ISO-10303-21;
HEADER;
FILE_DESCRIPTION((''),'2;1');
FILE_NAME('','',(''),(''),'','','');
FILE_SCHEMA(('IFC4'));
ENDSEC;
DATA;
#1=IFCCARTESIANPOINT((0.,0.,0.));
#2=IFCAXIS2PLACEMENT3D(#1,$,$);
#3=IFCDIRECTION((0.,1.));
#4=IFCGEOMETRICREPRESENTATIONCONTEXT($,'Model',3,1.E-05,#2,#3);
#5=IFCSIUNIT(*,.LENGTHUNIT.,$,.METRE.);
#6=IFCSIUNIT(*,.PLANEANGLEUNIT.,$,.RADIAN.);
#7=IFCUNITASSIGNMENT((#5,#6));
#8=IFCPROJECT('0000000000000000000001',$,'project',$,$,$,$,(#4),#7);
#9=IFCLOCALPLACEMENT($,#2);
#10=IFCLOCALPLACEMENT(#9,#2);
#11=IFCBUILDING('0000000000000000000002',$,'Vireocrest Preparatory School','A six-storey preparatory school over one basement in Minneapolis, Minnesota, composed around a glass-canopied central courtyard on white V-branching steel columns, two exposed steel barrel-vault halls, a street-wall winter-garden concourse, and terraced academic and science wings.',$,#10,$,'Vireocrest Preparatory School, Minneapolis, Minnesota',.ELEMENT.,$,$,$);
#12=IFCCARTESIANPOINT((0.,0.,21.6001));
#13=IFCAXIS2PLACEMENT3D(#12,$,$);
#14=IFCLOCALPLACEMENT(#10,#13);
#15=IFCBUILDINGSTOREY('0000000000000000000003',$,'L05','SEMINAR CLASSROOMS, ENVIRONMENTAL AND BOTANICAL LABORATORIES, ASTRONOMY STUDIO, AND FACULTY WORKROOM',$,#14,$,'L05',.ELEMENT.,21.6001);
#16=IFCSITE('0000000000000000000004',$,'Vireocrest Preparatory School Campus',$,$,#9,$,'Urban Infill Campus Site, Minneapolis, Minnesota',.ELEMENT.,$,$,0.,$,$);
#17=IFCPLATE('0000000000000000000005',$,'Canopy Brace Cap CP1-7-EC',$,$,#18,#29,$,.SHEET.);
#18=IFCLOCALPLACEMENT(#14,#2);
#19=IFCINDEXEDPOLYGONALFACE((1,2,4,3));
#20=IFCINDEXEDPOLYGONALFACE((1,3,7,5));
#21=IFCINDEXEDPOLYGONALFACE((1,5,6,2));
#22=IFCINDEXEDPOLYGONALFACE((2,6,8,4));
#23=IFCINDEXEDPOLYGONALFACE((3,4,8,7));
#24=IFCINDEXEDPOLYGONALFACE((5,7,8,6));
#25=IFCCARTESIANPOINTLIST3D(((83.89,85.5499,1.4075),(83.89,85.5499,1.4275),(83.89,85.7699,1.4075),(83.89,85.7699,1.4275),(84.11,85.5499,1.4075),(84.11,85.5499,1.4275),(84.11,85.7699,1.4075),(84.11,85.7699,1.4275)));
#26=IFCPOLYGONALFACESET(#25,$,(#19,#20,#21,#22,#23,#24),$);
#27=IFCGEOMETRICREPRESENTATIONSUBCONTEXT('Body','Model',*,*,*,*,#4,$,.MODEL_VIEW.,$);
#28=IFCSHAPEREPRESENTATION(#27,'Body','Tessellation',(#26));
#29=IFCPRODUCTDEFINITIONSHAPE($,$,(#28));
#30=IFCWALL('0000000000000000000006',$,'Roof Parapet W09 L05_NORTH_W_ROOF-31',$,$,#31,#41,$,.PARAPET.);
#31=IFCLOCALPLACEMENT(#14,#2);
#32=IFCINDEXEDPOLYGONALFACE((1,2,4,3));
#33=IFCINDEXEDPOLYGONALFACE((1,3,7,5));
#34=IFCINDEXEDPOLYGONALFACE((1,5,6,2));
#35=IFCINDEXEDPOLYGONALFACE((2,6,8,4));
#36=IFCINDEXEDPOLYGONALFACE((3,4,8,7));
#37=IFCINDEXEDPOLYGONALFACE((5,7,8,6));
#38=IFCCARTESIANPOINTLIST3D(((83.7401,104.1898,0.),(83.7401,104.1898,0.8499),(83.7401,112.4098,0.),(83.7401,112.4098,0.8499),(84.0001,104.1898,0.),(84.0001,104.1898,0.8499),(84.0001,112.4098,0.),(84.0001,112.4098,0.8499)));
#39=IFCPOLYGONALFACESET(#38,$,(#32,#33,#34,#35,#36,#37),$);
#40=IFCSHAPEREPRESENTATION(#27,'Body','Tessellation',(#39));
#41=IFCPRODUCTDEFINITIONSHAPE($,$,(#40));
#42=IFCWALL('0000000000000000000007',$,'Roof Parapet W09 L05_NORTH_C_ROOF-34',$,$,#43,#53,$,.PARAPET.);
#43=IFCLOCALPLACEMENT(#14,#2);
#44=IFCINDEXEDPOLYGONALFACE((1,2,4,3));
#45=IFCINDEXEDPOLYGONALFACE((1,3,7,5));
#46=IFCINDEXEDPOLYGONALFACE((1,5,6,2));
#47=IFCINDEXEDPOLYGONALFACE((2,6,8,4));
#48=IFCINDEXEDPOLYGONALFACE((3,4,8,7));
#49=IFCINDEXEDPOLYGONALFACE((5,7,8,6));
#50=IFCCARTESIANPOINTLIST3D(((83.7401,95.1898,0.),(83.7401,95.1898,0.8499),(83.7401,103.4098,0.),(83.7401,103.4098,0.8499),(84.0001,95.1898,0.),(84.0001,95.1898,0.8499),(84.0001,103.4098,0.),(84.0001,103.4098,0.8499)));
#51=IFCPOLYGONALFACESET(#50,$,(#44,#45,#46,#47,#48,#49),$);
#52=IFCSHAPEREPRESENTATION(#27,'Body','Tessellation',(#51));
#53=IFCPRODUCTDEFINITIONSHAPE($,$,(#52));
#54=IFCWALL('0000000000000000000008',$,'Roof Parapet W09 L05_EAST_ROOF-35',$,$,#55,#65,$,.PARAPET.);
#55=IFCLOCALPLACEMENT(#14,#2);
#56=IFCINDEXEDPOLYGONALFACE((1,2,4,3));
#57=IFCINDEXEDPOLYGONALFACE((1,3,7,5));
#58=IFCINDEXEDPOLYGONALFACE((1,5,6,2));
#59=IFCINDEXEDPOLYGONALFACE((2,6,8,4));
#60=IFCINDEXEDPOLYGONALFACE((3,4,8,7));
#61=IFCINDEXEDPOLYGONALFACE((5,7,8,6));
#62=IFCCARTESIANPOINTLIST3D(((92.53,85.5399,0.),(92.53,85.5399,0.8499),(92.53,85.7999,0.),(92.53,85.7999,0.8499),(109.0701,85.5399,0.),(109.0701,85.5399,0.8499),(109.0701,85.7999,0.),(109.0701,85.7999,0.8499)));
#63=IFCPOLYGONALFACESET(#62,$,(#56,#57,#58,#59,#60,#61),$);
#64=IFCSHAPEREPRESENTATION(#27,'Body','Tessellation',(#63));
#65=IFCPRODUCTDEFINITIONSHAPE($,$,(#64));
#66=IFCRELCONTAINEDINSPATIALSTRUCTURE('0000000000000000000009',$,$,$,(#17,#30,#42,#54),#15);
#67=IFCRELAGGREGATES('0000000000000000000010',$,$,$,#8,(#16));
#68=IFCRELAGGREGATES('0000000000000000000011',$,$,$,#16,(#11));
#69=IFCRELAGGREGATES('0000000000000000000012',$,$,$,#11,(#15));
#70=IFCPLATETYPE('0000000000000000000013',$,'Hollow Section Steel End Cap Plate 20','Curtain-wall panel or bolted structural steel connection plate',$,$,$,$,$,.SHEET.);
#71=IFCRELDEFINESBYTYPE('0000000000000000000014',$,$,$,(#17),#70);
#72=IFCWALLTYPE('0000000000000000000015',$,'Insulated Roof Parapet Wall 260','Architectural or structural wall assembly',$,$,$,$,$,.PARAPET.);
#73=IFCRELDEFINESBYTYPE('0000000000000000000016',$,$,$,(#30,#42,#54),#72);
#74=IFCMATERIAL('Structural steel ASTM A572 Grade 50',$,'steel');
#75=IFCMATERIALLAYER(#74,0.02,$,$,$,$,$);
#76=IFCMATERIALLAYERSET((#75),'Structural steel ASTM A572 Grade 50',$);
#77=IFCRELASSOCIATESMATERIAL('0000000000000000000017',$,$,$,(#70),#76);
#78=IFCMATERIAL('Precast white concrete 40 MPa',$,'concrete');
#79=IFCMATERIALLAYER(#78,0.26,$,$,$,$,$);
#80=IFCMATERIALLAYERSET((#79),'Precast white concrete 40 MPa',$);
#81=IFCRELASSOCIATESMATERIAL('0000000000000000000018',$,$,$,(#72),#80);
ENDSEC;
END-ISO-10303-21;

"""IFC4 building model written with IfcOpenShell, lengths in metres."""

from ifc_helpers import new_model, si_unit, direction, frame, frame_2d, origin, origin_2d, place, context, subcontext, project, spatial, rectangle, extrude, material, layer, layer_set, type_object, element, save


model = new_model("IFC4")

# Units and contexts
model_context = context("Model", 3, precision=1e-05, world=origin(), true_north=direction((0.0, 1.0)))
body_context = subcontext(model_context, "Body", "Model", "MODEL_VIEW")
ifc_project = project(units=[si_unit("LENGTHUNIT", "METRE"), si_unit("PLANEANGLEUNIT", "RADIAN")], contexts=[model_context])

# Site, building, storey
site_placement = place(None, origin())
site = spatial("IfcSite", under=ifc_project, at=site_placement, Name="Vireocrest Preparatory School Campus", LongName="Urban Infill Campus Site, Minneapolis, Minnesota", CompositionType="ELEMENT", RefElevation=0.0)
building_placement = place(site_placement, origin())
building = spatial("IfcBuilding", under=site, at=building_placement, Name="Vireocrest Preparatory School", Description="A six-storey preparatory school over one basement in Minneapolis, Minnesota, composed around a glass-canopied central courtyard on white V-branching steel columns, two exposed steel barrel-vault halls, a street-wall winter-garden concourse, and terraced academic and science wings.", LongName="Vireocrest Preparatory School, Minneapolis, Minnesota", CompositionType="ELEMENT")
storey_placement = place(building_placement, frame((0.0, 0.0, 21.6001)))
storey = spatial("IfcBuildingStorey", under=building, at=storey_placement, Name="L05", Description="SEMINAR CLASSROOMS, ENVIRONMENTAL AND BOTANICAL LABORATORIES, ASTRONOMY STUDIO, AND FACULTY WORKROOM", LongName="L05", CompositionType="ELEMENT", Elevation=21.6001)

# Plate
ifc_material_1 = material(Name="Structural steel ASTM A572 Grade 50", Category="steel")
ifc_layer_1 = layer(ifc_material_1, 0.02)
ifc_layer_set_1 = layer_set([ifc_layer_1], Name="Structural steel ASTM A572 Grade 50")
plate_type_1 = type_object("IfcPlateType", Name="Hollow Section Steel End Cap Plate 20", Description="Curtain-wall panel or bolted structural steel connection plate", PredefinedType="SHEET", material=ifc_layer_set_1)
plate_1_placement = place(storey_placement, frame((84.0, 85.6599, 1.4075), z_axis=(0.0, 0.0, 1.0), x_axis=(1.0, 0.0, 0.0)))
element("IfcPlate", 1, at=plate_1_placement, inside=storey, type_object=plate_type_1, Name="Canopy Brace Cap CP1-7-EC", PredefinedType="SHEET", context=body_context, shape_type="SweptSolid", body=[
    extrude(rectangle(XDim=0.22, YDim=0.22, at=origin_2d()), origin(), (0.0, 0.0, 1.0), 0.02),
])

# Walls
ifc_material_2 = material(Name="Precast white concrete 40 MPa", Category="concrete")
ifc_layer_2 = layer(ifc_material_2, 0.26)
ifc_layer_set_2 = layer_set([ifc_layer_2], Name="Precast white concrete 40 MPa")
wall_type = type_object("IfcWallType", Name="Insulated Roof Parapet Wall 260", Description="Architectural or structural wall assembly", PredefinedType="PARAPET", material=ifc_layer_set_2)
for number, where, z_axis, x_axis, name in (
    (2, (83.8701, 104.1899, 0.0), (0.0, 0.0, 1.0), (0.0, 1.0, 0.0), "Roof Parapet W09 L05_NORTH_W_ROOF-31"),
    (3, (83.8701, 95.1899, 0.0), (0.0, 0.0, 1.0), (0.0, 1.0, 0.0), "Roof Parapet W09 L05_NORTH_C_ROOF-34"),
):
    element("IfcWall", number, at=place(storey_placement, frame(where, z_axis=z_axis, x_axis=x_axis)), inside=storey, type_object=wall_type, Name=name, PredefinedType="PARAPET", context=body_context, shape_type="SweptSolid", body=[
        extrude(rectangle(XDim=8.22, YDim=0.26, at=frame_2d((4.1099, 0.0))), origin(), (0.0, 0.0, 1.0), 0.8499),
    ])
wall_placement = place(storey_placement, frame((92.53, 85.6699, 0.0), z_axis=(0.0, 0.0, 1.0), x_axis=(1.0, 0.0, 0.0)))
element("IfcWall", 4, at=wall_placement, inside=storey, type_object=wall_type, Name="Roof Parapet W09 L05_EAST_ROOF-35", PredefinedType="PARAPET", context=body_context, shape_type="SweptSolid", body=[
    extrude(rectangle(XDim=16.54, YDim=0.26, at=frame_2d((8.27, 0.0))), origin(), (0.0, 0.0, 1.0), 0.8499),
])

save(model, "model.ifc")
